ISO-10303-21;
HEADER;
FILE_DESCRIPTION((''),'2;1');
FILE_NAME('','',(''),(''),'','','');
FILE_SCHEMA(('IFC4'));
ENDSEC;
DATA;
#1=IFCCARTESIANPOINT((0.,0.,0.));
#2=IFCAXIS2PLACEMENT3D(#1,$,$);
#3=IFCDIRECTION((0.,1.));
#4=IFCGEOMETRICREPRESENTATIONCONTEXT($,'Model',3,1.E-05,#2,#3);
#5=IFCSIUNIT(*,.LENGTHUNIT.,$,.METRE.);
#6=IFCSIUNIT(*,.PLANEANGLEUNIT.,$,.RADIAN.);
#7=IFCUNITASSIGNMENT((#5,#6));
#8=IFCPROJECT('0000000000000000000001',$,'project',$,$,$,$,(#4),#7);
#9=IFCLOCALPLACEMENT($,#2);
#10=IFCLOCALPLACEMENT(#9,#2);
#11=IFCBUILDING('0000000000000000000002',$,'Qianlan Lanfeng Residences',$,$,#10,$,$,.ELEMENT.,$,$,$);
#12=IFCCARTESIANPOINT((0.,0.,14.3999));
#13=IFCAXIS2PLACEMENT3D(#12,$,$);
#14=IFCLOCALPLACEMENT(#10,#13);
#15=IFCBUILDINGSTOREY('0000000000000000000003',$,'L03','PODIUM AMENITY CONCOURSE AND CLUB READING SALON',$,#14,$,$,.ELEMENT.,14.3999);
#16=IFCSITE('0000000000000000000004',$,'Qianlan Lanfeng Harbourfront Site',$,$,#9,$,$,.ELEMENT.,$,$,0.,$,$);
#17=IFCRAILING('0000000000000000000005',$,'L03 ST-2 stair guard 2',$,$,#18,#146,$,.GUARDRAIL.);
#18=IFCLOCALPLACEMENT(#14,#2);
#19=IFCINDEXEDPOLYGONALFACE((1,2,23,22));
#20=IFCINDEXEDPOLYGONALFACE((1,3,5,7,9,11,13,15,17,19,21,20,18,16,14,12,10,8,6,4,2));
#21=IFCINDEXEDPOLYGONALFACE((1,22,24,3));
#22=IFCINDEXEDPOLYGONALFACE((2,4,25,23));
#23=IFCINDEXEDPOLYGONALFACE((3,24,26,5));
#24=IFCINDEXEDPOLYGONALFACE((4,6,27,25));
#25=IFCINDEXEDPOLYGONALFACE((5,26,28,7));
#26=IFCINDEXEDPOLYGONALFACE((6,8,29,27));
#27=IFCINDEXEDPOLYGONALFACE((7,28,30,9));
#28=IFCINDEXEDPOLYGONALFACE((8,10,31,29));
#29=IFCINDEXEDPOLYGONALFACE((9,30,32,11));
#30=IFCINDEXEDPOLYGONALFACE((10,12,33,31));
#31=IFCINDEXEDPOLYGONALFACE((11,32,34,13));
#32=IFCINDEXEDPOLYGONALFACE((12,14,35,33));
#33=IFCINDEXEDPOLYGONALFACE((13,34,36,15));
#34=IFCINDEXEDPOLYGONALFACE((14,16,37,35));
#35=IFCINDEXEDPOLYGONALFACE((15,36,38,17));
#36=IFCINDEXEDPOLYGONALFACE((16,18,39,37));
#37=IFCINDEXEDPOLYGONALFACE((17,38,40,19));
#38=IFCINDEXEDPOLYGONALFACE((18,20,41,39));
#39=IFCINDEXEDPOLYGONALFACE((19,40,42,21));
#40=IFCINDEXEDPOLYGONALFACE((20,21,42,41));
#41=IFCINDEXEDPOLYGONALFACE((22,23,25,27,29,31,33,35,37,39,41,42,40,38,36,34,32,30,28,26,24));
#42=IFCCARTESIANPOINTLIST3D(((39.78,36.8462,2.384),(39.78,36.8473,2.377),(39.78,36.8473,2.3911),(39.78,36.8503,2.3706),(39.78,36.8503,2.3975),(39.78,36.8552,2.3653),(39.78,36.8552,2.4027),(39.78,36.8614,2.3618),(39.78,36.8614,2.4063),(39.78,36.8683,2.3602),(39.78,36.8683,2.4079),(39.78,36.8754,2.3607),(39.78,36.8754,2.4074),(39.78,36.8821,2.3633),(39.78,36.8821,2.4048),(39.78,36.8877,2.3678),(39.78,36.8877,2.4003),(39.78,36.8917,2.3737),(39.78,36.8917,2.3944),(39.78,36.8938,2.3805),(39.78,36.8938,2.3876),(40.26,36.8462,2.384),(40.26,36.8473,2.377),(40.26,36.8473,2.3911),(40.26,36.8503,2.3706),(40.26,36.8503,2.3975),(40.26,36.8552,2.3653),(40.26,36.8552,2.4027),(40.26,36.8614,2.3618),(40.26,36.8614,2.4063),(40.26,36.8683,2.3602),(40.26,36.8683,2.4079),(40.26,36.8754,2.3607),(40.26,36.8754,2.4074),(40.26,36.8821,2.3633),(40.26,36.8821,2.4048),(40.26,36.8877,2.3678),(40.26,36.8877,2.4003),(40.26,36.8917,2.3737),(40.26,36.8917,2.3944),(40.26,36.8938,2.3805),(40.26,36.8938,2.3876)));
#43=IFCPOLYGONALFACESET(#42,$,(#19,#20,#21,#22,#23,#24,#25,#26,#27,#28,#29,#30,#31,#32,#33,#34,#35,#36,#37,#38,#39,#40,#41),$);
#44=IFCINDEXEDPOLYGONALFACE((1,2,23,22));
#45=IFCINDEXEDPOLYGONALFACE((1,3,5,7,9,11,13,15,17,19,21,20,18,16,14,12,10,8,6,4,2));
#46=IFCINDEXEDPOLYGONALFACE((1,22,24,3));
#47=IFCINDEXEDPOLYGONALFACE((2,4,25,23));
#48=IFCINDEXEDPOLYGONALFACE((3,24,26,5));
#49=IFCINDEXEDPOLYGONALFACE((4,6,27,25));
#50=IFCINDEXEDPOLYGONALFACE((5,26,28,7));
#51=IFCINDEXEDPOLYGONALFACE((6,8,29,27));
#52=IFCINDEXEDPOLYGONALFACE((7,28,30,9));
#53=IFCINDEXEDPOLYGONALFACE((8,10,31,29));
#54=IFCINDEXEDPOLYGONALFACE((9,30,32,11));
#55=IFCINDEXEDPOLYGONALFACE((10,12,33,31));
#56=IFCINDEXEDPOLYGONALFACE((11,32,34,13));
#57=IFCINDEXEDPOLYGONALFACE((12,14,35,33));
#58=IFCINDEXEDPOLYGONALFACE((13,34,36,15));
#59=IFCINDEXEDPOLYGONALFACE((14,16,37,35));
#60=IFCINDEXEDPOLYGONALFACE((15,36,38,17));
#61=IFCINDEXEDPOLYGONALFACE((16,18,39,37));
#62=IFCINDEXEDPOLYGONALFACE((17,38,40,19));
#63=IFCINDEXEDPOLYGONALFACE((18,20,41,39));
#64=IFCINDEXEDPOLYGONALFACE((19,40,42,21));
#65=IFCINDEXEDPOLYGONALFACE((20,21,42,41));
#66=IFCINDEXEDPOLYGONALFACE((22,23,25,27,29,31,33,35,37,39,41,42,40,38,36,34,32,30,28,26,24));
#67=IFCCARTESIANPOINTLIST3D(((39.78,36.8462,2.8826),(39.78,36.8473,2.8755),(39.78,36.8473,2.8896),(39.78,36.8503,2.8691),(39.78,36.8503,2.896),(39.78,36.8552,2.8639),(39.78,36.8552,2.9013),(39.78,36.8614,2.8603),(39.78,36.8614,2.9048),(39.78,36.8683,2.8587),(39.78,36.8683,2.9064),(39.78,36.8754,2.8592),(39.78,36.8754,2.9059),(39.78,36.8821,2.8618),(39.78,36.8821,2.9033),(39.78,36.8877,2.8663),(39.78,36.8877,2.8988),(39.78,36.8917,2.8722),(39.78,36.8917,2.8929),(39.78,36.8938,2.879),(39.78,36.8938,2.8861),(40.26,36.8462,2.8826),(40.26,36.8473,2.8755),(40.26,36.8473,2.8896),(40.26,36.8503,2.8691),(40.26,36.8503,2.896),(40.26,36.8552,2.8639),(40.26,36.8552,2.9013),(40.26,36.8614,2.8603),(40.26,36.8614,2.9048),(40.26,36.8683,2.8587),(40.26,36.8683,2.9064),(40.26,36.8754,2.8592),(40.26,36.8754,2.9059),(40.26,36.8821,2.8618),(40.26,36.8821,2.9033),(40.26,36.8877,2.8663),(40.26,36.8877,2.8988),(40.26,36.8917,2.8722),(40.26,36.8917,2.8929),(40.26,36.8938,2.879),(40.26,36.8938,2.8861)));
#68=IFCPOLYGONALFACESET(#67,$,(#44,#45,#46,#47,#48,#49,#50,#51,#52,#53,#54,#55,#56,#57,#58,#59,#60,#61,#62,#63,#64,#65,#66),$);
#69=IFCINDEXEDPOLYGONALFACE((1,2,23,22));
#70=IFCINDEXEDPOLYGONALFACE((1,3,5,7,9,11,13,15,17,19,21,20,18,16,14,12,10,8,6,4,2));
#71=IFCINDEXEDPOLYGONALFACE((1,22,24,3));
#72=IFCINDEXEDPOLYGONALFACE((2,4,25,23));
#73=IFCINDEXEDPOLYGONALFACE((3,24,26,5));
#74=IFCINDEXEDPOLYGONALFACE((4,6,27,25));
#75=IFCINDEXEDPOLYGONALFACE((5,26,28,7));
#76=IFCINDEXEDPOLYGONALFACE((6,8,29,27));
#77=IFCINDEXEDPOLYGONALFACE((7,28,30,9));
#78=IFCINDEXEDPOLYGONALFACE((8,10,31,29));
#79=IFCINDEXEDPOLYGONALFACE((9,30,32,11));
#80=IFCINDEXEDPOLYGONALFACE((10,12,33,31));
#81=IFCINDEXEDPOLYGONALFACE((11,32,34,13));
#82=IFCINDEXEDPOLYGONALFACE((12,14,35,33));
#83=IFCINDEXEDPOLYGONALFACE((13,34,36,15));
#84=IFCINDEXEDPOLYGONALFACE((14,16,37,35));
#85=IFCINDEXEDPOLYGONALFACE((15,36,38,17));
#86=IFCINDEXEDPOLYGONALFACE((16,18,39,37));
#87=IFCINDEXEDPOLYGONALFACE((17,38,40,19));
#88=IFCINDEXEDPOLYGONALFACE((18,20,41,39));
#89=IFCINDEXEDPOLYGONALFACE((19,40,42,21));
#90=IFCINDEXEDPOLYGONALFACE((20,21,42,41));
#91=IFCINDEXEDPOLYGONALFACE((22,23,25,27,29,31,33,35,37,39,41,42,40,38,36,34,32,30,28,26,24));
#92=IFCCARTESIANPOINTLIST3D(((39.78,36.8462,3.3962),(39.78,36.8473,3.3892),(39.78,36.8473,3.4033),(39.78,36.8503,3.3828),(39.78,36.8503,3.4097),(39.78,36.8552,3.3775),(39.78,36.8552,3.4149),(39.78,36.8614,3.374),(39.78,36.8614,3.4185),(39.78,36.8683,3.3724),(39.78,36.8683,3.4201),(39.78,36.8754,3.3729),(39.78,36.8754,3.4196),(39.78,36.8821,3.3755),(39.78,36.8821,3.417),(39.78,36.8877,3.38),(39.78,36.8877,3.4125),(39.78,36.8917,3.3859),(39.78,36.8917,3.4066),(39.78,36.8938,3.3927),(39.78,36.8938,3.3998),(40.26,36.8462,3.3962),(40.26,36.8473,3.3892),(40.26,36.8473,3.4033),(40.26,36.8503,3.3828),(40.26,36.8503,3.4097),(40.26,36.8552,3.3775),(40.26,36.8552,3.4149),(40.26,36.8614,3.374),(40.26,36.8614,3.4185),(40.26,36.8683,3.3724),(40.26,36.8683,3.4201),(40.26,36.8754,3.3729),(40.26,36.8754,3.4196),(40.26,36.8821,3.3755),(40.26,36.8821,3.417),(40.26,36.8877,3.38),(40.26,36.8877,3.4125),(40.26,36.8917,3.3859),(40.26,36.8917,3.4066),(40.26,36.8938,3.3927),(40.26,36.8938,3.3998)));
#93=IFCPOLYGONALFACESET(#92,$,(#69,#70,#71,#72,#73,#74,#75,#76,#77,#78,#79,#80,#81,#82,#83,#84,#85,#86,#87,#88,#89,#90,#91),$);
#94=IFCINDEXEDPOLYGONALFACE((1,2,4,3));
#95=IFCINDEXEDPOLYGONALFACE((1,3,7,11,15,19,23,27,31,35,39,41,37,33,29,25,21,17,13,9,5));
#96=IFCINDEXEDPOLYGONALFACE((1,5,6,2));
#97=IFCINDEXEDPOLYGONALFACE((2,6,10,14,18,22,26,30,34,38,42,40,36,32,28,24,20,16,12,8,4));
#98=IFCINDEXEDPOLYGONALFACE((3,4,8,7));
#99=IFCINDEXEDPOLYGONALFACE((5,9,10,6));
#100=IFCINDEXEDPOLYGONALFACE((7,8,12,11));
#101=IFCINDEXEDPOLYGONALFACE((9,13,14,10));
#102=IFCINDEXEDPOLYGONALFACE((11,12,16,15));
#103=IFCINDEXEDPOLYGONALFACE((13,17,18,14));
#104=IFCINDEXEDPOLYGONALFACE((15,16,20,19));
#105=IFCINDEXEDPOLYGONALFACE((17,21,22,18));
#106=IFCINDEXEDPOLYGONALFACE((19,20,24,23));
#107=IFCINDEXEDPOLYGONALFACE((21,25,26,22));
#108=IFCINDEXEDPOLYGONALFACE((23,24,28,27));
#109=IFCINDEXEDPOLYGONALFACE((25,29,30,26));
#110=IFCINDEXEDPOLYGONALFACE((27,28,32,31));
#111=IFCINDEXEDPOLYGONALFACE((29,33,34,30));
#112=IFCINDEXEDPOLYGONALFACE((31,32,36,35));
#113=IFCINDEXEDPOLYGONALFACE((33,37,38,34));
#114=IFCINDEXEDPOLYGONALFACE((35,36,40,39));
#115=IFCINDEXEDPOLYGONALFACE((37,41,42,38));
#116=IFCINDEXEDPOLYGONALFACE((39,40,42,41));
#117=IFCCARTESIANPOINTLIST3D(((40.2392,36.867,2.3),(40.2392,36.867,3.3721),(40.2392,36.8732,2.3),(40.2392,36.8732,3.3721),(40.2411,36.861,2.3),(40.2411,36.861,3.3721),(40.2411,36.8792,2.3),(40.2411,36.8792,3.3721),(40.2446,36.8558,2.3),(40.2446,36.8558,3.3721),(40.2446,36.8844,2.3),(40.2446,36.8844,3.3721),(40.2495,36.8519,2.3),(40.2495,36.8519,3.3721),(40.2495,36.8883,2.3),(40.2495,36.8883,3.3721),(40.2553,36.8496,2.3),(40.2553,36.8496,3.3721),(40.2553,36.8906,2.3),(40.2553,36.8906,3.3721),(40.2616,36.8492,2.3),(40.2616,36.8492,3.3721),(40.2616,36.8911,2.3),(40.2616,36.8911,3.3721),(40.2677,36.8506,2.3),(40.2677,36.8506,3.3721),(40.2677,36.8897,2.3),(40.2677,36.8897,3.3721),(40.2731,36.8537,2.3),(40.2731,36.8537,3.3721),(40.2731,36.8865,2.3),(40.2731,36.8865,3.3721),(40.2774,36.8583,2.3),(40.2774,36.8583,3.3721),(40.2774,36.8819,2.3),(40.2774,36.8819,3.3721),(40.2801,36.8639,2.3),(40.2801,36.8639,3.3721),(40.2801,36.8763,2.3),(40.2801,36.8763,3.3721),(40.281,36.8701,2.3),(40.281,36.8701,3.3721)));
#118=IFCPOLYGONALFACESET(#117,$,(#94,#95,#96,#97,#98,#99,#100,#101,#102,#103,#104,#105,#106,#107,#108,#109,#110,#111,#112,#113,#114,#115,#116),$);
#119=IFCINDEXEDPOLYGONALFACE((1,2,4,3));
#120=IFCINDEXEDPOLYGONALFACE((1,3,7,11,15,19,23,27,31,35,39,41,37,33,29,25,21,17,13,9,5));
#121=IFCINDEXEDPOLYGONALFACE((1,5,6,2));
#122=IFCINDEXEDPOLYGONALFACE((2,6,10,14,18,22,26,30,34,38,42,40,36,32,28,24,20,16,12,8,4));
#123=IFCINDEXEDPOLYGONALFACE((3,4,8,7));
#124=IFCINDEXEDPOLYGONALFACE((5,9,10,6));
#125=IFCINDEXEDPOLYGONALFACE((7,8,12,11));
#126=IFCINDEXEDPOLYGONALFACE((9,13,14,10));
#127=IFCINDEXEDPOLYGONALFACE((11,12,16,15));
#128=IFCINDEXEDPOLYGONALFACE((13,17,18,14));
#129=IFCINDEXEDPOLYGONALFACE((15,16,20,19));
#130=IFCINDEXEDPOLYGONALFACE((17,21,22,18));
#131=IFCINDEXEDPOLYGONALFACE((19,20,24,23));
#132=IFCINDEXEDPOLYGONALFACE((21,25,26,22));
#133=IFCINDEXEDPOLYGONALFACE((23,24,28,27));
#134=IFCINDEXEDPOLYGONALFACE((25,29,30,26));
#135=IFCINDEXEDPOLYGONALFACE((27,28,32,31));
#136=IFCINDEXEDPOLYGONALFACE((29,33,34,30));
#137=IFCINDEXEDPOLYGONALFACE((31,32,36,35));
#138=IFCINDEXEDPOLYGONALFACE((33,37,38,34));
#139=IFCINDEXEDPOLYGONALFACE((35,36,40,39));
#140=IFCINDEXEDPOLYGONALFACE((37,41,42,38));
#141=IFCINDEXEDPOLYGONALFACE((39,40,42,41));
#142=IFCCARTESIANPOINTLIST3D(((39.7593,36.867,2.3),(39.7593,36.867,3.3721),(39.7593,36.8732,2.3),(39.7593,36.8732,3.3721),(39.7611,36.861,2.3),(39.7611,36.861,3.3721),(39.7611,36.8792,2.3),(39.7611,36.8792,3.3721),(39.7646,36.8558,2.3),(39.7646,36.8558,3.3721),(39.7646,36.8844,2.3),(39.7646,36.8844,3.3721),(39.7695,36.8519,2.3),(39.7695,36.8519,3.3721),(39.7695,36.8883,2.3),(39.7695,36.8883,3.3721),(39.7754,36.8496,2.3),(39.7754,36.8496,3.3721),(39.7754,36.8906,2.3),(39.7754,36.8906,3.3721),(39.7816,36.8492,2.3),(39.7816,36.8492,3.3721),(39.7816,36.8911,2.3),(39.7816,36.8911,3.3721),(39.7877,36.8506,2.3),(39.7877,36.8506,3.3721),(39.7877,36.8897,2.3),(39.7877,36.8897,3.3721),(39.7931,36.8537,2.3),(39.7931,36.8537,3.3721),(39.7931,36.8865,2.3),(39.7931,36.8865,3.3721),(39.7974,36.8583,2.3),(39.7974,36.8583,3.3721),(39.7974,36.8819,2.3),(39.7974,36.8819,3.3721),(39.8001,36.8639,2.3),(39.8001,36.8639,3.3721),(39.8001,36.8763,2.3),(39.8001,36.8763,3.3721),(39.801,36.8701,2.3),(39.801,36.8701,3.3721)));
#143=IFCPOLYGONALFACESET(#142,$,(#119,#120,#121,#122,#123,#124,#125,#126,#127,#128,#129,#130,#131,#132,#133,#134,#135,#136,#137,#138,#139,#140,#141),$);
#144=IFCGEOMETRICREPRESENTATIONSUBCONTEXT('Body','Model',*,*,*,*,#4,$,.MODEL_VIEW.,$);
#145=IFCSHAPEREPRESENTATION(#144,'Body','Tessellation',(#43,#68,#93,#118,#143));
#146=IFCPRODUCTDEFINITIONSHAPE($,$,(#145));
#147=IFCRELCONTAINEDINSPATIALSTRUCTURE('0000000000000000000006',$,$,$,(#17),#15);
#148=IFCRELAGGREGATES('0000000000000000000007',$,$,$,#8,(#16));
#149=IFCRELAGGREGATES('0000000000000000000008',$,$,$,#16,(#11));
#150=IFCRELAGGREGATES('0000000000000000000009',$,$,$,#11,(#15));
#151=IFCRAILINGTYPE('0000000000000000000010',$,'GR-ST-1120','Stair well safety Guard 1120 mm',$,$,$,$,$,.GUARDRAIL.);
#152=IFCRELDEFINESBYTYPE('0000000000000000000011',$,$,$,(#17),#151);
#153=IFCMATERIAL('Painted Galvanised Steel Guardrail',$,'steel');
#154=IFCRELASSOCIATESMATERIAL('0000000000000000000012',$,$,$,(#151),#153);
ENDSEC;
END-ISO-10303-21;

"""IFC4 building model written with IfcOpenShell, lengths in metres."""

from ifc_helpers import new_model, si_unit, direction, frame, origin, origin_2d, place, context, subcontext, project, spatial, circle, extrude, material, type_object, element, save


model = new_model("IFC4")

# Units and contexts
model_context = context("Model", 3, precision=1e-05, world=origin(), true_north=direction((0.0, 1.0)))
body_context = subcontext(model_context, "Body", "Model", "MODEL_VIEW")
ifc_project = project(units=[si_unit("LENGTHUNIT", "METRE"), si_unit("PLANEANGLEUNIT", "RADIAN")], contexts=[model_context])

# Site, building, storey
site_placement = place(None, origin())
site = spatial("IfcSite", under=ifc_project, at=site_placement, Name="Qianlan Lanfeng Harbourfront Site", CompositionType="ELEMENT", RefElevation=0.0)
building_placement = place(site_placement, origin())
building = spatial("IfcBuilding", under=site, at=building_placement, Name="Qianlan Lanfeng Residences", CompositionType="ELEMENT")
storey_placement = place(building_placement, frame((0.0, 0.0, 14.3999)))
storey = spatial("IfcBuildingStorey", under=building, at=storey_placement, Name="L03", Description="PODIUM AMENITY CONCOURSE AND CLUB READING SALON", CompositionType="ELEMENT", Elevation=14.3999)

# Railing
ifc_material_1 = material(Name="Painted Galvanised Steel Guardrail", Category="steel")
railing_type_1 = type_object("IfcRailingType", Name="GR-ST-1120", Description="Stair well safety Guard 1120 mm", PredefinedType="GUARDRAIL", material=ifc_material_1)
railing_1_placement = place(storey_placement, frame((40.26, 36.8701, 2.3)))
element("IfcRailing", 1, at=railing_1_placement, inside=storey, type_object=railing_type_1, Name="L03 ST-2 stair guard 2", PredefinedType="GUARDRAIL", context=body_context, shape_type="SweptSolid", body=[
    extrude(circle(Radius=0.0239, at=origin_2d()), frame((0.0, 0.0, 0.084), z_axis=(-1.0, 0.0, 0.0), x_axis=(0.0, -1.0, 0.0)), (0.0, 0.0, 1.0), 0.48),
    extrude(circle(Radius=0.0239, at=origin_2d()), frame((0.0, 0.0, 0.5825), z_axis=(-1.0, 0.0, 0.0), x_axis=(0.0, -1.0, 0.0)), (0.0, 0.0, 1.0), 0.48),
    extrude(circle(Radius=0.0239, at=origin_2d()), frame((0.0, 0.0, 1.0962), z_axis=(-1.0, 0.0, 0.0), x_axis=(0.0, -1.0, 0.0)), (0.0, 0.0, 1.0), 0.48),
    extrude(circle(Radius=0.021, at=origin_2d()), origin(), (0.0, 0.0, 1.0), 1.072),
    extrude(circle(Radius=0.021, at=origin_2d()), frame((-0.48, 0.0, 0.0)), (0.0, 0.0, 1.0), 1.072),
])

save(model, "model.ifc")
